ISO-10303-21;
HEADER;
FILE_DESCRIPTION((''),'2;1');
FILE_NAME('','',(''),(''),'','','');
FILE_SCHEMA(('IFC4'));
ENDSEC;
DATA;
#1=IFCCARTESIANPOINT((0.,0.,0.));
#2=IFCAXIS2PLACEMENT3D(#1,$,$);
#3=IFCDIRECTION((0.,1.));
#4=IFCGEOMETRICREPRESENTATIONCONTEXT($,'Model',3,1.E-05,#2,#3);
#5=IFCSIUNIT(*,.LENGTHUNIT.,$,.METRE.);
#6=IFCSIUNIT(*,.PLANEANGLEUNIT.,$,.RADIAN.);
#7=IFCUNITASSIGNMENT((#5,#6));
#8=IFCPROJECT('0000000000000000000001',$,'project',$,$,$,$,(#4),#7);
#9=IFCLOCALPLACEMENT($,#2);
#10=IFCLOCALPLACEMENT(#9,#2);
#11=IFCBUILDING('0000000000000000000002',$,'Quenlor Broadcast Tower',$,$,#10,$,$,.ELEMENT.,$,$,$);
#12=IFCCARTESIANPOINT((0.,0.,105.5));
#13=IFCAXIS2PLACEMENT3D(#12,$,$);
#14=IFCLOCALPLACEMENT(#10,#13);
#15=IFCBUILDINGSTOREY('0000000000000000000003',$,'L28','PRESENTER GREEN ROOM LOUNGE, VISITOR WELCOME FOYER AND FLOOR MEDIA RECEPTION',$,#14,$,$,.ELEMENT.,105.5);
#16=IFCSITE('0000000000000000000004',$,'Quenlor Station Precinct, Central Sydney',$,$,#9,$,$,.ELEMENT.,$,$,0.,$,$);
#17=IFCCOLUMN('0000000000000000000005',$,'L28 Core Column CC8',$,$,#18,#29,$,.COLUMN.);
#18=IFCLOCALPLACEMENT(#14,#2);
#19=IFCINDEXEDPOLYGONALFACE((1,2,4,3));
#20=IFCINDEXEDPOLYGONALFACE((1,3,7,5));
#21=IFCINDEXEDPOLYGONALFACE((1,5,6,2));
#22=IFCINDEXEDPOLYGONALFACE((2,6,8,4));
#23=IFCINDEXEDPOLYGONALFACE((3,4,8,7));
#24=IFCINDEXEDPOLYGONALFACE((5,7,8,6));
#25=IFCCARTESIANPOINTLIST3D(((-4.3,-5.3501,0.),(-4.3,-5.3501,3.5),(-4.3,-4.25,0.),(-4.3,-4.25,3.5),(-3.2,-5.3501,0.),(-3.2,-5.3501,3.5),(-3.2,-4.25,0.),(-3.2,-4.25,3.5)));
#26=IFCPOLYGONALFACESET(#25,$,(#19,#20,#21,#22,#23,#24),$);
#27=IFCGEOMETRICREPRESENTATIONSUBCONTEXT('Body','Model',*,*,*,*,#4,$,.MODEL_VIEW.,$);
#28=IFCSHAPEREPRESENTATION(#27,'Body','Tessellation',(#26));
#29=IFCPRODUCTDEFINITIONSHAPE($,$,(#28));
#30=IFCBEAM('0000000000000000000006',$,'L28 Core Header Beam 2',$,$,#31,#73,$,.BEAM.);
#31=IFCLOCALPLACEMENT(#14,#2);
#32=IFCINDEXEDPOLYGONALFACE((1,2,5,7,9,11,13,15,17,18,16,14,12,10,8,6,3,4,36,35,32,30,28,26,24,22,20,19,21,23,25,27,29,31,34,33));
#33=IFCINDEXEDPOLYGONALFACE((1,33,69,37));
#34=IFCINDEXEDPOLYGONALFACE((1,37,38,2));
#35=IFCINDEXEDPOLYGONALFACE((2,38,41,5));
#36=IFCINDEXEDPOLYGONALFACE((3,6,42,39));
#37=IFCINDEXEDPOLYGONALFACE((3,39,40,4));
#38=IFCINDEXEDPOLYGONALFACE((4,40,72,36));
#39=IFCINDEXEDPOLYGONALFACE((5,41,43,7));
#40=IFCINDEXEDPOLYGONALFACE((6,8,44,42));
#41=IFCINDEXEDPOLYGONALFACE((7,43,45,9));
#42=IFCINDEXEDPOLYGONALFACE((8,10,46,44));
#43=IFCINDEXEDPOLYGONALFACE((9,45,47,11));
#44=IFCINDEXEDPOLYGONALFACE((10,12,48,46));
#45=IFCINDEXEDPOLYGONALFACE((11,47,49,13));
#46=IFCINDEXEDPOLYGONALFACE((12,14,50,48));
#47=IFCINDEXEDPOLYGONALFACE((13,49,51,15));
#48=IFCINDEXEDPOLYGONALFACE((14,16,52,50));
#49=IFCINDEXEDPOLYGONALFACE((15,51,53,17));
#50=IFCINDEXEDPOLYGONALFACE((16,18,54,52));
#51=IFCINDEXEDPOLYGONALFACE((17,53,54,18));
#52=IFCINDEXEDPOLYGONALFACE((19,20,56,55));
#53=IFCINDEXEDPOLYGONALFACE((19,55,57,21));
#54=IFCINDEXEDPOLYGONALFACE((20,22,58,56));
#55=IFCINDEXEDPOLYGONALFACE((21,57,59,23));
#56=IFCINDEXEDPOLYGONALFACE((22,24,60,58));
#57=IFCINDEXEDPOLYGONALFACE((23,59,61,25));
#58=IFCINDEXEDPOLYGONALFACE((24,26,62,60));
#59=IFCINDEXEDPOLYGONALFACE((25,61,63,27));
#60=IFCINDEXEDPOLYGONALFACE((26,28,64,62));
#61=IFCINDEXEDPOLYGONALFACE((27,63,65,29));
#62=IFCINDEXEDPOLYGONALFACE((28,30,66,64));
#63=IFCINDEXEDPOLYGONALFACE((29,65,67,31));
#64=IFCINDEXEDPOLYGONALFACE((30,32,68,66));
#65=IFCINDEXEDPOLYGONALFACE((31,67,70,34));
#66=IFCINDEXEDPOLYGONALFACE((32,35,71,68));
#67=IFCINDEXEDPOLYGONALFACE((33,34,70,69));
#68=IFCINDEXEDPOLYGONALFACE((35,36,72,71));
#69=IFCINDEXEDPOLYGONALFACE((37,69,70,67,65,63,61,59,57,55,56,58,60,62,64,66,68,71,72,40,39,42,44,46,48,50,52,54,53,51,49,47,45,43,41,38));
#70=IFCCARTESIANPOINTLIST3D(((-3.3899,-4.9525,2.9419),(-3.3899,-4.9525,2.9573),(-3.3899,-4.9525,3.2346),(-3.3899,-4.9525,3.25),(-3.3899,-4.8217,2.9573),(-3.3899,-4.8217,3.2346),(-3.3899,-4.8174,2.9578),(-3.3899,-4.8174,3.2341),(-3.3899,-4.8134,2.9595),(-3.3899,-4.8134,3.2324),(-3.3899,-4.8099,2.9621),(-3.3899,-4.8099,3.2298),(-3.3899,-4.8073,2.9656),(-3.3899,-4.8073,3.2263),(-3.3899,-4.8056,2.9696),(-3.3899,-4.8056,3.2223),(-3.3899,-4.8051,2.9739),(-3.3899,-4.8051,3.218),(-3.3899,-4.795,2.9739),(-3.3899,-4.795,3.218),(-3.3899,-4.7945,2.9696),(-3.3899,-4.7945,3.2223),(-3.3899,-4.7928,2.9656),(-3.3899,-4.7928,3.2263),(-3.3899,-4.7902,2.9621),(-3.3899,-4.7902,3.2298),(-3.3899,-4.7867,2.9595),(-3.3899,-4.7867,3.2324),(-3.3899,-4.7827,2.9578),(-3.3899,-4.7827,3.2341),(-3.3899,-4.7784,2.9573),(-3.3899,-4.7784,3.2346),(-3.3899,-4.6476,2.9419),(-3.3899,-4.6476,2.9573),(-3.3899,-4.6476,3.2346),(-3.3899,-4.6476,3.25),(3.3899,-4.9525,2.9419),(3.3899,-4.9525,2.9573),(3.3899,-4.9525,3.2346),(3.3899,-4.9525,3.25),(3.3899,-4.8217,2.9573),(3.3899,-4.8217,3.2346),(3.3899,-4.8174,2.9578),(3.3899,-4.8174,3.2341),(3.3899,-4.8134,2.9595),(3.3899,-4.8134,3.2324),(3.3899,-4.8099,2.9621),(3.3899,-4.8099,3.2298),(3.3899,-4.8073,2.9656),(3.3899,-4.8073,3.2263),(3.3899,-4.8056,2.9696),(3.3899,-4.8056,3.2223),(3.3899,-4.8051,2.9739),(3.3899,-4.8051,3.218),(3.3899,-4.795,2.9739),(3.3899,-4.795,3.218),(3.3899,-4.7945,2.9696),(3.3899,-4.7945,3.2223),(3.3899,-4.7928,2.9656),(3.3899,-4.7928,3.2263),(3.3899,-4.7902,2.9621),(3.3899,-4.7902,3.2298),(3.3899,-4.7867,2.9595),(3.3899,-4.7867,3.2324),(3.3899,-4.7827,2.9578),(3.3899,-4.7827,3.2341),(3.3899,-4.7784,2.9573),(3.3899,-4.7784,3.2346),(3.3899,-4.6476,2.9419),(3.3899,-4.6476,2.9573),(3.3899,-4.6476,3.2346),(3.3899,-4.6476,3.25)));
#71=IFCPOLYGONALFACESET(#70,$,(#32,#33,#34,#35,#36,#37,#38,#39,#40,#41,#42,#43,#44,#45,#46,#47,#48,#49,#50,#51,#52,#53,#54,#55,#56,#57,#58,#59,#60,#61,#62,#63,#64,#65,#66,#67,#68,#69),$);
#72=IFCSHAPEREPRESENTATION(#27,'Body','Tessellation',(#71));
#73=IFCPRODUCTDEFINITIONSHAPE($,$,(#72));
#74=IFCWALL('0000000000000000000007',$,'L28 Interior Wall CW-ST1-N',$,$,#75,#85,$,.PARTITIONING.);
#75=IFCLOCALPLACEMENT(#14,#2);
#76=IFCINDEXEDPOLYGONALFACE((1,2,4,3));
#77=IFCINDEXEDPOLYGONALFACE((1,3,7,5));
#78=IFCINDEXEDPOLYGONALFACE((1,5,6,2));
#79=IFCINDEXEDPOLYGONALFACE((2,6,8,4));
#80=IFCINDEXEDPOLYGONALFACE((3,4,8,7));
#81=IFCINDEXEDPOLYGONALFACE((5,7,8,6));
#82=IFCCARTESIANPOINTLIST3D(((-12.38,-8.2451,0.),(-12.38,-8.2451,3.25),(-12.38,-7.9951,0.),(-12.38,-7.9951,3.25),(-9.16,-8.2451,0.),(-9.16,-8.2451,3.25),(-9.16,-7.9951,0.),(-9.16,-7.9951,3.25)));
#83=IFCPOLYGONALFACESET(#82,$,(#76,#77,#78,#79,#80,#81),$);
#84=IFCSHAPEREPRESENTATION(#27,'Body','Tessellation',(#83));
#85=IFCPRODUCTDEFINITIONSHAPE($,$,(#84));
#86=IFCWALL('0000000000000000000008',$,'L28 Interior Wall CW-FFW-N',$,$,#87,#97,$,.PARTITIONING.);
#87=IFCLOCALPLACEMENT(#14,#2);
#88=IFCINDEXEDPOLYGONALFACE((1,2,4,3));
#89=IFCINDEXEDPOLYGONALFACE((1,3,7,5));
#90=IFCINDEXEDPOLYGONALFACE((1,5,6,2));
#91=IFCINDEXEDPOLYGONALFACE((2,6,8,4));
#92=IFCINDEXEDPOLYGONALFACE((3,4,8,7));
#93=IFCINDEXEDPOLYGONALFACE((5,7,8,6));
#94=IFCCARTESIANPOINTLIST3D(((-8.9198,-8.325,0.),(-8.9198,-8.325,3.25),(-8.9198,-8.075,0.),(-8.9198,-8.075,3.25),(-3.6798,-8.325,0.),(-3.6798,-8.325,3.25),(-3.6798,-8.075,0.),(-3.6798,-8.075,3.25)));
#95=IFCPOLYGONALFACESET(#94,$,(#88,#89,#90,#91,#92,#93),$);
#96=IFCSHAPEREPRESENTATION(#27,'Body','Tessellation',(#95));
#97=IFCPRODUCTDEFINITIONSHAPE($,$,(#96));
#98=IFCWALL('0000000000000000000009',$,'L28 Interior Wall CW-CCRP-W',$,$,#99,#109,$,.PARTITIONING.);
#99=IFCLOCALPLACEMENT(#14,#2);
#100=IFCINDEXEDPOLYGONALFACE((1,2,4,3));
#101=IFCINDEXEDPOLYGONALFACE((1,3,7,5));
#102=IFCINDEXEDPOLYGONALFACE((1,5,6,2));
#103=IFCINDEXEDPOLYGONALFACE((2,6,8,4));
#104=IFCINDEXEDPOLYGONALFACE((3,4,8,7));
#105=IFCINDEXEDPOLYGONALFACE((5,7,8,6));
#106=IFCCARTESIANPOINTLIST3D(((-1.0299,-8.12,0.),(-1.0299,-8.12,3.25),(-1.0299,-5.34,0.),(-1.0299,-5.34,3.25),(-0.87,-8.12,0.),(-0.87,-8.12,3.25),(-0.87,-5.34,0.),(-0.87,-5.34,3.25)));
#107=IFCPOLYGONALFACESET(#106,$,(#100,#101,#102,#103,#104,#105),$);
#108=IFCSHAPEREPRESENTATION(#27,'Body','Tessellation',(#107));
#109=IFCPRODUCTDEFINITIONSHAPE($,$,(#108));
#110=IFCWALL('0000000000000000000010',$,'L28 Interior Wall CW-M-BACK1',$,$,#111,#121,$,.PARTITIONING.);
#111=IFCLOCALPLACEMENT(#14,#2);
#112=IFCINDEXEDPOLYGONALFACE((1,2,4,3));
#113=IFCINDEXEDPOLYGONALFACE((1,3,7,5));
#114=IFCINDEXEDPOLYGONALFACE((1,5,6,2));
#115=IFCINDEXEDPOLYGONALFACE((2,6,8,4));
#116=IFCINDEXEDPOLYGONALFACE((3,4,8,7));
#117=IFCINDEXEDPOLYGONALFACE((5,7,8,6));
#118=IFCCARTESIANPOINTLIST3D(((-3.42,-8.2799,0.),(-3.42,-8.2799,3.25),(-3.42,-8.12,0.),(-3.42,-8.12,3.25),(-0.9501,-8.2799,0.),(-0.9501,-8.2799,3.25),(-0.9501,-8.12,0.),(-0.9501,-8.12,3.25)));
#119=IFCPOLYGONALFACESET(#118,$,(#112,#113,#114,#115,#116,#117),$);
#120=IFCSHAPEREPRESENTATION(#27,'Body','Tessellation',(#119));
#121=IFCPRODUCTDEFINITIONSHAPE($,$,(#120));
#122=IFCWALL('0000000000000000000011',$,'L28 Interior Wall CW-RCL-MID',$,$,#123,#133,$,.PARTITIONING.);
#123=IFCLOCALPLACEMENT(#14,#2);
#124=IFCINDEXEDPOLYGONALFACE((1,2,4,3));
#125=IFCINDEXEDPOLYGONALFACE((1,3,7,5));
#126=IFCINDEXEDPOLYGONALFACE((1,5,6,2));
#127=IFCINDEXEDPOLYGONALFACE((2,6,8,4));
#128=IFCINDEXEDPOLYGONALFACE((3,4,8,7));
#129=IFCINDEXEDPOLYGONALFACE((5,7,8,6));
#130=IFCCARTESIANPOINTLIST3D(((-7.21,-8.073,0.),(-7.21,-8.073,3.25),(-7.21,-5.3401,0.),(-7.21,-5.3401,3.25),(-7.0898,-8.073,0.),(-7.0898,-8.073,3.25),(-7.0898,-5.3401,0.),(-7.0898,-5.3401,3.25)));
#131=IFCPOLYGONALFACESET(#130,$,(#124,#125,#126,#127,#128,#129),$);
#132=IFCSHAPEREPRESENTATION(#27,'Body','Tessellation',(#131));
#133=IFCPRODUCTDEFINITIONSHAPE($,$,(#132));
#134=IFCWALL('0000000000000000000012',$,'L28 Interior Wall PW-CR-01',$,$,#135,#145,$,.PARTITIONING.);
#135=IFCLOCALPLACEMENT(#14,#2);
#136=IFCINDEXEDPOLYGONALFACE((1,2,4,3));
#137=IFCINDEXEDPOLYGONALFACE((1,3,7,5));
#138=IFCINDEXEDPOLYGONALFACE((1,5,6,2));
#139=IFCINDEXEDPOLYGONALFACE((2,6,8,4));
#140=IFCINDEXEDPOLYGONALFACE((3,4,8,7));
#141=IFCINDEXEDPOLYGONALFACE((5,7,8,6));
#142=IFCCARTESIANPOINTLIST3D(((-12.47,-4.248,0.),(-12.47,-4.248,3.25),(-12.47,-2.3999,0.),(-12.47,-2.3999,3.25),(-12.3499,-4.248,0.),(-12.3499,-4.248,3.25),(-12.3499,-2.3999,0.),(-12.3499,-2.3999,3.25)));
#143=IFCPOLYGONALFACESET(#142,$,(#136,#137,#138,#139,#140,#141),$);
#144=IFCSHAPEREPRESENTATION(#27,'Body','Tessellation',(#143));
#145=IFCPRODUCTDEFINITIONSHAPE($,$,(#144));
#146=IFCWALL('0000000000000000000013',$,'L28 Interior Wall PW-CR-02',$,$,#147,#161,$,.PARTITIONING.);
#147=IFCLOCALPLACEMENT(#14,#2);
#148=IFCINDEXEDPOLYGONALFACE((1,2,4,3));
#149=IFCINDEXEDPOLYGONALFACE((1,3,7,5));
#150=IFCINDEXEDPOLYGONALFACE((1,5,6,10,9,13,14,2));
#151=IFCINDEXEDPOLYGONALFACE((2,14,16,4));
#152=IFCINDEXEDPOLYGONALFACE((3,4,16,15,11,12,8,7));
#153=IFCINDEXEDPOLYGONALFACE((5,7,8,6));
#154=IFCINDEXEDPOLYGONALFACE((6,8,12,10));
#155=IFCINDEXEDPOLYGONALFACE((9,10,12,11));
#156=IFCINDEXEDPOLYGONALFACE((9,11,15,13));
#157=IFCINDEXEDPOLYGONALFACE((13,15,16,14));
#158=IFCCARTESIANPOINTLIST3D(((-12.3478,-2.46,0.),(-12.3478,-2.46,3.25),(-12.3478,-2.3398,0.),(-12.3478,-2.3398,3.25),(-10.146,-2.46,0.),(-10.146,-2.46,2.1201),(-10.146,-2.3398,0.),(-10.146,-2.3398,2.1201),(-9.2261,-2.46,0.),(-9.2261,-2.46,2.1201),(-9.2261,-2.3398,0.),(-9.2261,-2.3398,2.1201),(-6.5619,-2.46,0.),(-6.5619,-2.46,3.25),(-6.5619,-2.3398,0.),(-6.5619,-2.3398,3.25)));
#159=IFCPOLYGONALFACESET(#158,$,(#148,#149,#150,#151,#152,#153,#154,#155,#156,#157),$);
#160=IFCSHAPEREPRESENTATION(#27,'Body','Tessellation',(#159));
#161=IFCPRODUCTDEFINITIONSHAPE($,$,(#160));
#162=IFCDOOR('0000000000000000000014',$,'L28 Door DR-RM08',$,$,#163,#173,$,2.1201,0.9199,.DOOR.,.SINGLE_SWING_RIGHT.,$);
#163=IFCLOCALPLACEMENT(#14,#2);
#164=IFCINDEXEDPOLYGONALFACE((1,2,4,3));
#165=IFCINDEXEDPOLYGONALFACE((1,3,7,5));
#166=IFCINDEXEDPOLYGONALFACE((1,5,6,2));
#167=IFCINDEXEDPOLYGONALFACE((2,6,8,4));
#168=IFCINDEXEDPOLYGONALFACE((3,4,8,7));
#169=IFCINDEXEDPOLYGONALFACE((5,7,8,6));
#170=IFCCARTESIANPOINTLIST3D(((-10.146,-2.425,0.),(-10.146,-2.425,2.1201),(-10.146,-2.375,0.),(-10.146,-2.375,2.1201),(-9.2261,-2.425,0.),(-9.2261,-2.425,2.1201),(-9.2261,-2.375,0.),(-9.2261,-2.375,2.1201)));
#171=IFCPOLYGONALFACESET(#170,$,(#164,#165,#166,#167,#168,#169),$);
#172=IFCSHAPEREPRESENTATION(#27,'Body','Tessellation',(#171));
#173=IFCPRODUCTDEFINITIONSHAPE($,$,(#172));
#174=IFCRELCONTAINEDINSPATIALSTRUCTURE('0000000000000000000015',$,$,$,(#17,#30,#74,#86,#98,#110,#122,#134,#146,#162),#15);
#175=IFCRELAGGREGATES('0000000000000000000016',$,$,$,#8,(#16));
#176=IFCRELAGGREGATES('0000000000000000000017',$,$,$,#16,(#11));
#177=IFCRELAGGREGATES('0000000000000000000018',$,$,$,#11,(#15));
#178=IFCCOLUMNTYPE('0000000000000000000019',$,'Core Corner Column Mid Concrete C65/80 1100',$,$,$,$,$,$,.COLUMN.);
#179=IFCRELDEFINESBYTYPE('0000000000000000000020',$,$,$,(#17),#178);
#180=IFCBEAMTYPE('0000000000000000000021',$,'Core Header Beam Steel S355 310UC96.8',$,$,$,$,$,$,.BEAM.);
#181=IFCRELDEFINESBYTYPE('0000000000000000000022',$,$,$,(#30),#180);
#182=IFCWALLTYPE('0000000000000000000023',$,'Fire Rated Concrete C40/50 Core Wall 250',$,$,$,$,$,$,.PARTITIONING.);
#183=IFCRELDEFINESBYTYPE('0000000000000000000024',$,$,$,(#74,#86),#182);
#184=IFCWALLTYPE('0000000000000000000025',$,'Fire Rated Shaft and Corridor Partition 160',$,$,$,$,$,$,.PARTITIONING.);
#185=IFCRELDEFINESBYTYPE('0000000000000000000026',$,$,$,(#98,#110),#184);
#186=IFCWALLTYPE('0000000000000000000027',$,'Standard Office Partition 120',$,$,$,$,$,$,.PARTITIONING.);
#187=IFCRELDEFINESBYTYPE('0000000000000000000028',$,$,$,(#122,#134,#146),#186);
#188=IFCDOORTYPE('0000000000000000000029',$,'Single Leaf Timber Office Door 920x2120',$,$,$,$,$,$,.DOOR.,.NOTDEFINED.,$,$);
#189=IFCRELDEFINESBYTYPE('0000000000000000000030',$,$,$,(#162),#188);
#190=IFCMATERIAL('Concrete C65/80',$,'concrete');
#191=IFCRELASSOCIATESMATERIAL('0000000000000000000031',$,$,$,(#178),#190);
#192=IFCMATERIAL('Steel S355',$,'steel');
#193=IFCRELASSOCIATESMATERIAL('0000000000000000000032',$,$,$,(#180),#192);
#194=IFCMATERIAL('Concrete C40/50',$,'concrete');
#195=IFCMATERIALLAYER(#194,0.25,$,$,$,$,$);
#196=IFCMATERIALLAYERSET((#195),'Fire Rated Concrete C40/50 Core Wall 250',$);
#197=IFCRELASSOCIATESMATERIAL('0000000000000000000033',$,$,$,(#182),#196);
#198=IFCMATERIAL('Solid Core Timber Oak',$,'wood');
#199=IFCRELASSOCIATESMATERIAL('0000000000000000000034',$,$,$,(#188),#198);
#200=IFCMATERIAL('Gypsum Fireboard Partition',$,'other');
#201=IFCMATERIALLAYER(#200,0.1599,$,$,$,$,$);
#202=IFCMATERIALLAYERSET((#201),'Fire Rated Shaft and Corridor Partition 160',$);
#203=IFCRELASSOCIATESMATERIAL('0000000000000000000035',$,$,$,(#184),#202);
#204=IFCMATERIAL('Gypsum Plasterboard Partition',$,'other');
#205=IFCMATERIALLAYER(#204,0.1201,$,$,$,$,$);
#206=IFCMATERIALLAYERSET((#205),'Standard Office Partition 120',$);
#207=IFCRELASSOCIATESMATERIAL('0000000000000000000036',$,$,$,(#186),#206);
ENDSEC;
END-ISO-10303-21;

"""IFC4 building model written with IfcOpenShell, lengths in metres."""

from ifc_helpers import new_model, si_unit, direction, frame, frame_2d, origin, origin_2d, place, context, subcontext, project, spatial, rectangle, i_section, extrude, material, layer, layer_set, material_profile, profile_set, type_object, element, fill, save


model = new_model("IFC4")

# Units and contexts
model_context = context("Model", 3, precision=1e-05, world=origin(), true_north=direction((0.0, 1.0)))
body_context = subcontext(model_context, "Body", "Model", "MODEL_VIEW")
ifc_project = project(units=[si_unit("LENGTHUNIT", "METRE"), si_unit("PLANEANGLEUNIT", "RADIAN")], contexts=[model_context])

# Site, building, storey
site_placement = place(None, origin())
site = spatial("IfcSite", under=ifc_project, at=site_placement, Name="Quenlor Station Precinct, Central Sydney", CompositionType="ELEMENT", RefElevation=0.0)
building_placement = place(site_placement, origin())
building = spatial("IfcBuilding", under=site, at=building_placement, Name="Quenlor Broadcast Tower", CompositionType="ELEMENT")
storey_placement = place(building_placement, frame((0.0, 0.0, 105.5)))
storey = spatial("IfcBuildingStorey", under=building, at=storey_placement, Name="L28", Description="PRESENTER GREEN ROOM LOUNGE, VISITOR WELCOME FOYER AND FLOOR MEDIA RECEPTION", CompositionType="ELEMENT", Elevation=105.5)

# Column
ifc_material_1 = material(Name="Concrete C65/80", Category="concrete")
ifc_material_profile_1 = material_profile(ifc_material_1, rectangle(XDim=1.1001, YDim=1.1001, at=origin_2d()))
ifc_profile_set_1 = profile_set([ifc_material_profile_1], Name="Concrete C65/80 RC1100x1100")
column_type = type_object("IfcColumnType", Name="Core Corner Column Mid Concrete C65/80 1100", PredefinedType="COLUMN", material=ifc_profile_set_1)
column_placement = place(storey_placement, frame((-3.75, -4.8, 0.0), z_axis=(0.0, 0.0, 1.0), x_axis=(1.0, 0.0, 0.0)))
element("IfcColumn", 1, at=column_placement, inside=storey, type_object=column_type, Name="L28 Core Column CC8", PredefinedType="COLUMN", context=body_context, shape_type="SweptSolid", body=[
    extrude(rectangle(XDim=1.1001, YDim=1.1001, at=origin_2d()), origin(), (0.0, 0.0, 1.0), 3.5),
])

# Beam
ifc_material_2 = material(Name="Steel S355", Category="steel")
ifc_material_profile_2 = material_profile(ifc_material_2, i_section(OverallWidth=0.3049, OverallDepth=0.3081, WebThickness=0.01, FlangeThickness=0.0154, FilletRadius=0.0166, at=origin_2d()))
ifc_profile_set_2 = profile_set([ifc_material_profile_2], Name="Steel S355 310UC96.8")
beam_type = type_object("IfcBeamType", Name="Core Header Beam Steel S355 310UC96.8", PredefinedType="BEAM", material=ifc_profile_set_2)
beam_placement = place(storey_placement, frame((-3.3899, -4.8, 3.0959), z_axis=(1.0, 0.0, 0.0), x_axis=(0.0, 1.0, 0.0)))
element("IfcBeam", 2, at=beam_placement, inside=storey, type_object=beam_type, Name="L28 Core Header Beam 2", PredefinedType="BEAM", context=body_context, shape_type="SweptSolid", body=[
    extrude(i_section(OverallWidth=0.3049, OverallDepth=0.3081, WebThickness=0.01, FlangeThickness=0.0154, FilletRadius=0.0166, at=origin_2d()), origin(), (0.0, 0.0, 1.0), 6.7798),
])

# Walls
ifc_material_3 = material(Name="Concrete C40/50", Category="concrete")
ifc_layer_1 = layer(ifc_material_3, 0.25)
ifc_layer_set_1 = layer_set([ifc_layer_1], Name="Fire Rated Concrete C40/50 Core Wall 250")
wall_type_1 = type_object("IfcWallType", Name="Fire Rated Concrete C40/50 Core Wall 250", PredefinedType="PARTITIONING", material=ifc_layer_set_1)
wall_1_placement = place(storey_placement, frame((-12.3799, -8.1201, 0.0), z_axis=(0.0, 0.0, 1.0), x_axis=(1.0, 0.0, 0.0)))
element("IfcWall", 3, at=wall_1_placement, inside=storey, type_object=wall_type_1, Name="L28 Interior Wall CW-ST1-N", PredefinedType="PARTITIONING", context=body_context, shape_type="SweptSolid", body=[
    extrude(rectangle(XDim=3.22, YDim=0.25, at=frame_2d((1.6099, 0.0))), origin(), (0.0, 0.0, 1.0), 3.25),
])
wall_2_placement = place(storey_placement, frame((-8.9199, -8.2, 0.0), z_axis=(0.0, 0.0, 1.0), x_axis=(1.0, 0.0, 0.0)))
element("IfcWall", 4, at=wall_2_placement, inside=storey, type_object=wall_type_1, Name="L28 Interior Wall CW-FFW-N", PredefinedType="PARTITIONING", context=body_context, shape_type="SweptSolid", body=[
    extrude(rectangle(XDim=5.24, YDim=0.25, at=frame_2d((2.6201, 0.0))), origin(), (0.0, 0.0, 1.0), 3.25),
])

# Shared definitions
ifc_material_4 = material(Name="Solid Core Timber Oak", Category="wood")
door_type_1 = type_object("IfcDoorType", Name="Single Leaf Timber Office Door 920x2120", OperationType="NOTDEFINED", PredefinedType="DOOR", material=ifc_material_4)

# Walls
ifc_material_5 = material(Name="Gypsum Fireboard Partition", Category="other")
ifc_layer_2 = layer(ifc_material_5, 0.1599)
ifc_layer_set_2 = layer_set([ifc_layer_2], Name="Fire Rated Shaft and Corridor Partition 160")
wall_type_2 = type_object("IfcWallType", Name="Fire Rated Shaft and Corridor Partition 160", PredefinedType="PARTITIONING", material=ifc_layer_set_2)
wall_3_placement = place(storey_placement, frame((-0.95, -8.1201, 0.0), z_axis=(0.0, 0.0, 1.0), x_axis=(0.0, 1.0, 0.0)))
element("IfcWall", 5, at=wall_3_placement, inside=storey, type_object=wall_type_2, Name="L28 Interior Wall CW-CCRP-W", PredefinedType="PARTITIONING", context=body_context, shape_type="SweptSolid", body=[
    extrude(rectangle(XDim=2.78, YDim=0.1599, at=frame_2d((1.3901, 0.0))), origin(), (0.0, 0.0, 1.0), 3.25),
])
wall_4_placement = place(storey_placement, frame((-3.4199, -8.2, 0.0), z_axis=(0.0, 0.0, 1.0), x_axis=(1.0, 0.0, 0.0)))
element("IfcWall", 6, at=wall_4_placement, inside=storey, type_object=wall_type_2, Name="L28 Interior Wall CW-M-BACK1", PredefinedType="PARTITIONING", context=body_context, shape_type="SweptSolid", body=[
    extrude(rectangle(XDim=2.47, YDim=0.1599, at=frame_2d((1.2349, 0.0))), origin(), (0.0, 0.0, 1.0), 3.25),
])
ifc_material_6 = material(Name="Gypsum Plasterboard Partition", Category="other")
ifc_layer_3 = layer(ifc_material_6, 0.1201)
ifc_layer_set_3 = layer_set([ifc_layer_3], Name="Standard Office Partition 120")
wall_type_3 = type_object("IfcWallType", Name="Standard Office Partition 120", PredefinedType="PARTITIONING", material=ifc_layer_set_3)
wall_5_placement = place(storey_placement, frame((-7.1499, -8.073, 0.0), z_axis=(0.0, 0.0, 1.0), x_axis=(0.0, 1.0, 0.0)))
element("IfcWall", 7, at=wall_5_placement, inside=storey, type_object=wall_type_3, Name="L28 Interior Wall CW-RCL-MID", PredefinedType="PARTITIONING", context=body_context, shape_type="SweptSolid", body=[
    extrude(rectangle(XDim=2.7329, YDim=0.1201, at=frame_2d((1.3665, 0.0))), origin(), (0.0, 0.0, 1.0), 3.25),
])

# Wall
wall_6_placement = place(storey_placement, frame((-12.4099, -4.248, 0.0), z_axis=(0.0, 0.0, 1.0), x_axis=(0.0, 1.0, 0.0)))
element("IfcWall", 8, at=wall_6_placement, inside=storey, type_object=wall_type_3, Name="L28 Interior Wall PW-CR-01", PredefinedType="PARTITIONING", context=body_context, shape_type="SweptSolid", body=[
    extrude(rectangle(XDim=1.8481, YDim=0.1201, at=frame_2d((0.9241, 0.0))), origin(), (0.0, 0.0, 1.0), 3.25),
])

# Wall, opening, door
wall_7_placement = place(storey_placement, frame((-12.3479, -2.3999, 0.0), z_axis=(0.0, 0.0, 1.0), x_axis=(1.0, 0.0, 0.0)))
wall_7 = element("IfcWall", 9, at=wall_7_placement, inside=storey, type_object=wall_type_3, Name="L28 Interior Wall PW-CR-02", PredefinedType="PARTITIONING", context=body_context, shape_type="SweptSolid", body=[
    extrude(rectangle(XDim=5.7859, YDim=0.1201, at=frame_2d((2.8931, 0.0))), origin(), (0.0, 0.0, 1.0), 3.25),
])
opening_1_placement = place(wall_7_placement, frame((2.2019, 0.0, 0.0)))
opening_1 = element("IfcOpeningElement", 10, at=opening_1_placement, cuts=wall_7, PredefinedType="OPENING", context=body_context, shape_type="SweptSolid", body=[
    extrude(rectangle(XDim=0.9199, YDim=2.1201, at=frame_2d((0.46, 1.0601))), frame((0.0, 0.0701, 0.0), z_axis=(0.0, -1.0, 0.0), x_axis=(1.0, 0.0, 0.0)), (0.0, 0.0, 1.0), 0.1401),
])
door_1_placement = place(opening_1_placement, origin())
door_1 = element("IfcDoor", 11, at=door_1_placement, inside=storey, type_object=door_type_1, Name="L28 Door DR-RM08", OperationType="SINGLE_SWING_RIGHT", OverallHeight=2.1201, OverallWidth=0.9199, PredefinedType="DOOR", context=body_context, shape_type="SweptSolid", body=[
    extrude(rectangle(XDim=0.9199, YDim=2.1201, at=frame_2d((0.46, 1.0601))), frame((0.0, 0.0249, 0.0), z_axis=(0.0, -1.0, 0.0), x_axis=(1.0, 0.0, 0.0)), (0.0, 0.0, 1.0), 0.05),
])
fill(opening_1, door_1)

save(model, "model.ifc")
